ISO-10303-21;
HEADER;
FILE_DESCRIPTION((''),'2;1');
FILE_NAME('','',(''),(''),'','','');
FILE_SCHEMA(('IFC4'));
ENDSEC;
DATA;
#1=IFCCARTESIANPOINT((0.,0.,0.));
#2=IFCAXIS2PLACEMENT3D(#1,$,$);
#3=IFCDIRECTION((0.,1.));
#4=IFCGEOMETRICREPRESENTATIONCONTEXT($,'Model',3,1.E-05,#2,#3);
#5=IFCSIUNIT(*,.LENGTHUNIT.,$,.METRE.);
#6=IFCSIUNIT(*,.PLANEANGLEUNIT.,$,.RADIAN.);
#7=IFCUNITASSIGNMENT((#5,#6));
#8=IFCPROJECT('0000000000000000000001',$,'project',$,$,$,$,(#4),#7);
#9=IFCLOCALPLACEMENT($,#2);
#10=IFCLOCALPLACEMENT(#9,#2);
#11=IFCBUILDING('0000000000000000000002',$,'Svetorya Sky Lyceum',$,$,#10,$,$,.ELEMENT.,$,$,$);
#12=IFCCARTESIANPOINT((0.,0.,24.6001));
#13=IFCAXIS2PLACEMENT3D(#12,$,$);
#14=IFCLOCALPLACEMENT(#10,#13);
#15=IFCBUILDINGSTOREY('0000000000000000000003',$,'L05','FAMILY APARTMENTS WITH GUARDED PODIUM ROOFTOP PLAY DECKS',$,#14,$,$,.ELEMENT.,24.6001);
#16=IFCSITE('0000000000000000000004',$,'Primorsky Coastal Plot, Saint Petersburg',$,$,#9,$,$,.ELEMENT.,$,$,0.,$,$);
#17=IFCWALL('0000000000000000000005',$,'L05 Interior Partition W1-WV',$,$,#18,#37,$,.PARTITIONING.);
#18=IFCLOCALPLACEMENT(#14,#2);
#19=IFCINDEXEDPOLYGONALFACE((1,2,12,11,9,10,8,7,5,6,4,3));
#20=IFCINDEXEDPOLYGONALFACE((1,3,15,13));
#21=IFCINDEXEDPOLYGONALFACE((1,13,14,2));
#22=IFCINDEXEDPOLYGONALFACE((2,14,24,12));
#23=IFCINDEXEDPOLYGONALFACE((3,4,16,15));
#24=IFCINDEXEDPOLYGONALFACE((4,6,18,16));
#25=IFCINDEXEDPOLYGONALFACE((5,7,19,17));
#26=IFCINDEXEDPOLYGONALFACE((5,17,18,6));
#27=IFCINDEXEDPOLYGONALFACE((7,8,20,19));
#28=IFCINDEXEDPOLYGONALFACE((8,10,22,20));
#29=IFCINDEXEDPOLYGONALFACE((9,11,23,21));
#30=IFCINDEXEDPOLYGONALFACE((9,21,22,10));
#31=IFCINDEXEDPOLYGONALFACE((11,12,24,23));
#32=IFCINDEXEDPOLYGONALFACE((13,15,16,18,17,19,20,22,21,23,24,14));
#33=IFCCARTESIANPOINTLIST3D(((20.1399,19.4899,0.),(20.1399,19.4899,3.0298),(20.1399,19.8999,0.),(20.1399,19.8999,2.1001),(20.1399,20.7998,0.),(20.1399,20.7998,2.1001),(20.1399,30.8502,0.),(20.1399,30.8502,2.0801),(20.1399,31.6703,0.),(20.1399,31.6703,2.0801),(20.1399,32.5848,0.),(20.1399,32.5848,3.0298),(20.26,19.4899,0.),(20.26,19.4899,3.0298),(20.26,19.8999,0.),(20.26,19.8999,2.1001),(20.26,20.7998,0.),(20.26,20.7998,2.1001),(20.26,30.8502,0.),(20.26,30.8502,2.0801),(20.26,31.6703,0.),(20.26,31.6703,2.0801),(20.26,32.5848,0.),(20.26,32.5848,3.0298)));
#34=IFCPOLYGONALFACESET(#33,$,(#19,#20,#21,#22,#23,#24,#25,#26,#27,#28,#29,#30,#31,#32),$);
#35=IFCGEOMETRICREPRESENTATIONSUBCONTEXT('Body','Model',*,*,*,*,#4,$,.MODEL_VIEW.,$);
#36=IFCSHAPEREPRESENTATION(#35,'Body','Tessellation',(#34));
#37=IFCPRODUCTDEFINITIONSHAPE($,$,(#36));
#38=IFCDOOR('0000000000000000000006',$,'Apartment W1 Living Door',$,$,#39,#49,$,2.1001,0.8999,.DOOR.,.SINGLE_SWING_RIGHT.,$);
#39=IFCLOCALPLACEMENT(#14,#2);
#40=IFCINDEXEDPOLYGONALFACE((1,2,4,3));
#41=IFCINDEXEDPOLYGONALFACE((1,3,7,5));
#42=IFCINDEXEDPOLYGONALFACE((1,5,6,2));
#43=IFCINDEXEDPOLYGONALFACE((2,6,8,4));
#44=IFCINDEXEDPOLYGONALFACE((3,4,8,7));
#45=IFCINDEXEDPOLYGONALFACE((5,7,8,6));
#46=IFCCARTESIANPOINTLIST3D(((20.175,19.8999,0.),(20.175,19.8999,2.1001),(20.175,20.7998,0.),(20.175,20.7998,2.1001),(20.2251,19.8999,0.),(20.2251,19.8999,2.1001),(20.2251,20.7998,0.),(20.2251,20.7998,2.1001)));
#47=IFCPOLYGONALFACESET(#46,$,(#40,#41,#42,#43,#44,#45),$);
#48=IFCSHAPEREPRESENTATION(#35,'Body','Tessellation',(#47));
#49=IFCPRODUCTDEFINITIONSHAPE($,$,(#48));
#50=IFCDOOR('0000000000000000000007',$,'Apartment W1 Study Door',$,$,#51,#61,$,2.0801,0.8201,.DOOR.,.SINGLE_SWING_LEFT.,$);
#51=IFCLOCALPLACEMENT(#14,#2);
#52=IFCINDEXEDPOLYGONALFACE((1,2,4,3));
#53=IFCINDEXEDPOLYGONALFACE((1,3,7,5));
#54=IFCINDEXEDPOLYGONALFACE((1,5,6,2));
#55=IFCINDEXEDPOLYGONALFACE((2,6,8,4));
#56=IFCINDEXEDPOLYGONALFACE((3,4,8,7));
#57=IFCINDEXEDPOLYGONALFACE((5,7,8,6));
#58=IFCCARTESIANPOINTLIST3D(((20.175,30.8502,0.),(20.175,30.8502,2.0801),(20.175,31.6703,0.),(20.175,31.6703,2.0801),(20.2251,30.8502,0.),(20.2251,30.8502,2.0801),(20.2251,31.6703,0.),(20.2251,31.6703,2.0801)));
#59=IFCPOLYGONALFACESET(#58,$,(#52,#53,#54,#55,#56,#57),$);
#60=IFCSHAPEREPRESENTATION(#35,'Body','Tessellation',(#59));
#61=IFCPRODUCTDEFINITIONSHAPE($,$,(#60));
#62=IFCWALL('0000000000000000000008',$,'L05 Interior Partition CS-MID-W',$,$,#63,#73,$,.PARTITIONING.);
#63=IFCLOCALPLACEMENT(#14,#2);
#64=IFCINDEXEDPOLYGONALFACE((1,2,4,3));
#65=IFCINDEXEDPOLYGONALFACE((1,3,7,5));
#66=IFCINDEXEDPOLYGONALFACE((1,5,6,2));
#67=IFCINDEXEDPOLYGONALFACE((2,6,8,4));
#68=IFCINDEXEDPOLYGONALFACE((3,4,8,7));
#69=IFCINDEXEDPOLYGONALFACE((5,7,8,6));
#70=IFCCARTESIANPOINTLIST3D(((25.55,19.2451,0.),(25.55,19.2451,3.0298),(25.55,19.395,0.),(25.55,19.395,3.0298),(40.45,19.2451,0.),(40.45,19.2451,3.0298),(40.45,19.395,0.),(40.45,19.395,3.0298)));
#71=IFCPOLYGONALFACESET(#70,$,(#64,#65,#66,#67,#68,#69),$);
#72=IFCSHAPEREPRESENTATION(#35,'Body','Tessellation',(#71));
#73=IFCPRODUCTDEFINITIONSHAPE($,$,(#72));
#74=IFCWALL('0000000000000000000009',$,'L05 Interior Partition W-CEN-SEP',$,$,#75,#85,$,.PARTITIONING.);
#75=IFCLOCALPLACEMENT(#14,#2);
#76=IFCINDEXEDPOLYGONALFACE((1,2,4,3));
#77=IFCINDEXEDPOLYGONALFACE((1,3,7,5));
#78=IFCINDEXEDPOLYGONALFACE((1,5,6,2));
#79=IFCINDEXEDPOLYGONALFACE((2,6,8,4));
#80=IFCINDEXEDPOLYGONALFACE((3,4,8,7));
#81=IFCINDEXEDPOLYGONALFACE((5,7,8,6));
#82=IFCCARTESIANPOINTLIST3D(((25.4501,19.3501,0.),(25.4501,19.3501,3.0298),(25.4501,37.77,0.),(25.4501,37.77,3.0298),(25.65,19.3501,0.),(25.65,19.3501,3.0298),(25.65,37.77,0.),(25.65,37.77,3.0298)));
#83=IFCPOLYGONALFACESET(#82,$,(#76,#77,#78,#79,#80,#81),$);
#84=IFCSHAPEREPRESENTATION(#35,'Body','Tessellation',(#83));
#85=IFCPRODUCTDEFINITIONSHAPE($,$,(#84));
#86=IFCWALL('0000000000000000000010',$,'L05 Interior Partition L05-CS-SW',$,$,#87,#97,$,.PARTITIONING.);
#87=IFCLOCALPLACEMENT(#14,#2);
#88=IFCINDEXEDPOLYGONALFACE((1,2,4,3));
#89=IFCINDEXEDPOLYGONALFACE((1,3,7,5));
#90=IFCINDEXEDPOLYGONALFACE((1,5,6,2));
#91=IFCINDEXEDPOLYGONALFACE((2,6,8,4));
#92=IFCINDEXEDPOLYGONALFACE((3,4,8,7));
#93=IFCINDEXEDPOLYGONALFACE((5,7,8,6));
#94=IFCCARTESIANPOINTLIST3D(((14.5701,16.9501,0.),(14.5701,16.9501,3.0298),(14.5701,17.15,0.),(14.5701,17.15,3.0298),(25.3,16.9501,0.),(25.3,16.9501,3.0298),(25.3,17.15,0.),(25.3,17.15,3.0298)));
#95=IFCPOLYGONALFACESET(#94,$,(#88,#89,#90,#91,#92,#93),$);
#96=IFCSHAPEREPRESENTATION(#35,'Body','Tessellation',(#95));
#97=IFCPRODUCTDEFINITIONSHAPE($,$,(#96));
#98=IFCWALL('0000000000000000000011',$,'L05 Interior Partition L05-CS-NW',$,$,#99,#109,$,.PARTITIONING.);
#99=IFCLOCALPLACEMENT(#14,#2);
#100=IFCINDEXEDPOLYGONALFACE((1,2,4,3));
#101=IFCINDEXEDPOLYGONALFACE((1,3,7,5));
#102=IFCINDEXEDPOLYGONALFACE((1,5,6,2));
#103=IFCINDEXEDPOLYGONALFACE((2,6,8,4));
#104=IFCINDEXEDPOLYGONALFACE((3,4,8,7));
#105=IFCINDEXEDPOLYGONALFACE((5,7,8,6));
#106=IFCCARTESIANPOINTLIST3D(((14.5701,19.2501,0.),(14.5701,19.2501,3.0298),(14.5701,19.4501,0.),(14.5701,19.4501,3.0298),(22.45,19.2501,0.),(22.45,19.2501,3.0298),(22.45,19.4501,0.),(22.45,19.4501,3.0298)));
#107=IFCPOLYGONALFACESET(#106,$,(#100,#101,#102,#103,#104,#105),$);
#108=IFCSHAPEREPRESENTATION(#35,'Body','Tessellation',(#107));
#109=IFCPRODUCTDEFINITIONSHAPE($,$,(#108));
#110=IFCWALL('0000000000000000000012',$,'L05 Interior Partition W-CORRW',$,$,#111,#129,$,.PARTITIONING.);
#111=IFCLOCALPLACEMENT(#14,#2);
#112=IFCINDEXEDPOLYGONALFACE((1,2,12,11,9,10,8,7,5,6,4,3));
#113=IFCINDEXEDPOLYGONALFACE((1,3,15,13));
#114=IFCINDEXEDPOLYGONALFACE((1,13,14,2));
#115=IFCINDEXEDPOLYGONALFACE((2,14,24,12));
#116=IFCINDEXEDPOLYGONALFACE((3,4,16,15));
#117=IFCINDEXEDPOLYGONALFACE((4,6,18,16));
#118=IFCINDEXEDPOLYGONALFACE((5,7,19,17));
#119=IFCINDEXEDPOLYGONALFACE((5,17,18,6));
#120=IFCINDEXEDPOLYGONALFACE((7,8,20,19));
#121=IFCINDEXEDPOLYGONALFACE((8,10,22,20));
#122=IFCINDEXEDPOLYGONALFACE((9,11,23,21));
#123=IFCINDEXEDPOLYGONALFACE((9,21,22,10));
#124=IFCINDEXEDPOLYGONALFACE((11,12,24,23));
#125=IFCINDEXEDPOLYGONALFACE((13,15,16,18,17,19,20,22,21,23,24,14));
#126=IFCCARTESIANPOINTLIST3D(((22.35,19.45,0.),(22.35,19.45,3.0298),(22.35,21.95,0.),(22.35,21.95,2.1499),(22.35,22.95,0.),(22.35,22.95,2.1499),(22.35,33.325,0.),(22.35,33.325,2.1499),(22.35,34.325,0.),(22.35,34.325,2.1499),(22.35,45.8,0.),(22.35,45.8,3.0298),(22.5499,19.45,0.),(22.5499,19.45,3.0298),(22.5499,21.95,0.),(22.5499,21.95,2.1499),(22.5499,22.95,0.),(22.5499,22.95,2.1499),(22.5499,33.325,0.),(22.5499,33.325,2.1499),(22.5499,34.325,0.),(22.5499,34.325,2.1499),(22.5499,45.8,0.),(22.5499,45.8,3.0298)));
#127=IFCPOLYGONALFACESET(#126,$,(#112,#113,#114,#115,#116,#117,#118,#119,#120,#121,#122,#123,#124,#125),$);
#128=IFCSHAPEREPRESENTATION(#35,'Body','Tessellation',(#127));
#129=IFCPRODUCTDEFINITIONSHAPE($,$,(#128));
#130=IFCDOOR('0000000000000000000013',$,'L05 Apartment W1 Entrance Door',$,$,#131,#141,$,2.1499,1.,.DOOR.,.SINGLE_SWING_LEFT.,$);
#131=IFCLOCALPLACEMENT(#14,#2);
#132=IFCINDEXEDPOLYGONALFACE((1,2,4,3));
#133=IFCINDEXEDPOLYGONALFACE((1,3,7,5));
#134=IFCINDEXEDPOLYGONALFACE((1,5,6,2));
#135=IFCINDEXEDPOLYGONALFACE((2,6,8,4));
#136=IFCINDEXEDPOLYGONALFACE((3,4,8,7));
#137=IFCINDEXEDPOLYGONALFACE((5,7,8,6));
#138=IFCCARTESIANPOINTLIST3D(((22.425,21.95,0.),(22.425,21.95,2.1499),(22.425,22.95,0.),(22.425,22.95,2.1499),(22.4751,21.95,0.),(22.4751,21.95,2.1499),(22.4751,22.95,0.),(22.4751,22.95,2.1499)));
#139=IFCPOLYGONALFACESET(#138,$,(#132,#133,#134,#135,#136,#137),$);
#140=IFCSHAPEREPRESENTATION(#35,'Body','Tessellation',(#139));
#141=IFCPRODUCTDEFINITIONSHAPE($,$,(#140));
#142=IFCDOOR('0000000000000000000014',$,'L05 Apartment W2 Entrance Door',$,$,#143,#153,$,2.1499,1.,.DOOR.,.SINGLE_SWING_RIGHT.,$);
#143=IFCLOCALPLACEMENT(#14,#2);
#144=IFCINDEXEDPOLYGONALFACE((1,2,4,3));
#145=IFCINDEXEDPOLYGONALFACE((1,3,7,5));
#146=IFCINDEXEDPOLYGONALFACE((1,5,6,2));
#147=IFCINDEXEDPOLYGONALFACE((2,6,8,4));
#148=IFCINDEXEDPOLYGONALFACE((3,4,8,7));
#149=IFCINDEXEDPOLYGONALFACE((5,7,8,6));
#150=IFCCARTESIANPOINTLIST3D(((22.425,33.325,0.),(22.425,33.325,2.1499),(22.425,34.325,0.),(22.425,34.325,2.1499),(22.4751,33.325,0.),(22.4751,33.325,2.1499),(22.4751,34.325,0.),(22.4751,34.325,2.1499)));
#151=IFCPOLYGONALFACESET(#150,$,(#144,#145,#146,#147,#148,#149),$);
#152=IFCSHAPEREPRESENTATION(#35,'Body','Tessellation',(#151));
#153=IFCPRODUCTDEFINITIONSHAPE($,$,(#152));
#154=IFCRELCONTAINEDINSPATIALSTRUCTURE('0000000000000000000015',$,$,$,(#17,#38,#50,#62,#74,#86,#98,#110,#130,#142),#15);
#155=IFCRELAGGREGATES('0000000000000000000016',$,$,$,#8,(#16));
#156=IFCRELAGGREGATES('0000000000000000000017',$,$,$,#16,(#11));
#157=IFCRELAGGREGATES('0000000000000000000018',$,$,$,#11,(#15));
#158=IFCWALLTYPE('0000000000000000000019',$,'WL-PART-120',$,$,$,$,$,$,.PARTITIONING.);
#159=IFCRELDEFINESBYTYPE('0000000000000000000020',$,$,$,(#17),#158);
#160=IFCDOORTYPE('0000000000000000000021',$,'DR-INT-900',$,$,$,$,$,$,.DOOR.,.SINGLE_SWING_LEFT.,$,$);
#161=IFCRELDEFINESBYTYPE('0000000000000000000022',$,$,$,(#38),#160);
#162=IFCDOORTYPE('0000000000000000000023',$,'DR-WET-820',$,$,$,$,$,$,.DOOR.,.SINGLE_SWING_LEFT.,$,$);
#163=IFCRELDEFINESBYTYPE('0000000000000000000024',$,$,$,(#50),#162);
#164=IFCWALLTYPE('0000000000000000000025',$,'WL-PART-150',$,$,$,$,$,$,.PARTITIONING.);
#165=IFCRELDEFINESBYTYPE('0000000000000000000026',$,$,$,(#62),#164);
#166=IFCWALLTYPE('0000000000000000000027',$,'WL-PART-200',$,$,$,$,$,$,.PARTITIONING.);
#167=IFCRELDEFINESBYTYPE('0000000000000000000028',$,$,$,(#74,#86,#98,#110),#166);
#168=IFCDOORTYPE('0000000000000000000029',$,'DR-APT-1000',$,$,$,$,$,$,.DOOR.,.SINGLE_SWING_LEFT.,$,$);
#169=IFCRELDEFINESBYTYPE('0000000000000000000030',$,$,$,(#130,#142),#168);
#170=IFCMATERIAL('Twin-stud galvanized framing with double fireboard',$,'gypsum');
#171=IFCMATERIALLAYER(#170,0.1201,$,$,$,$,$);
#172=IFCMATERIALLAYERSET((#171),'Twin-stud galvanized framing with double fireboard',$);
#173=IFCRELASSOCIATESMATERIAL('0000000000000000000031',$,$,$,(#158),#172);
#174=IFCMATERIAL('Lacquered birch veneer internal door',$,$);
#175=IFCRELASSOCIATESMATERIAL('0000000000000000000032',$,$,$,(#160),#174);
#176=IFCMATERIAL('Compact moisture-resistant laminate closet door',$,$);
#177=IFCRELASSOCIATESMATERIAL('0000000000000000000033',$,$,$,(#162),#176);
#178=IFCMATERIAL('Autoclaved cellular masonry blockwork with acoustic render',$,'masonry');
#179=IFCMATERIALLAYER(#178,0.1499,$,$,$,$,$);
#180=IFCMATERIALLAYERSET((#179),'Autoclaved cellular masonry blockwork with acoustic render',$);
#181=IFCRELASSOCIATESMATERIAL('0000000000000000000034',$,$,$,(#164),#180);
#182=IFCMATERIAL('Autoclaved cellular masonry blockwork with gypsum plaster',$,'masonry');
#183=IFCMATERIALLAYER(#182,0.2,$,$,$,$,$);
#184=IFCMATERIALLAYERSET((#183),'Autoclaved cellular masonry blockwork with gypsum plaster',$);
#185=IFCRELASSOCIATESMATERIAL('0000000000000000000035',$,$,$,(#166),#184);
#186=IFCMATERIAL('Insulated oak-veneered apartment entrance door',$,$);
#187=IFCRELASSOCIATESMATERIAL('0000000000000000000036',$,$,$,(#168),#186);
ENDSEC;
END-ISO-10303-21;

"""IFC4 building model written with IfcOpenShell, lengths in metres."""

from ifc_helpers import new_model, si_unit, direction, frame, frame_2d, origin, place, context, subcontext, project, spatial, rectangle, extrude, material, layer, layer_set, type_object, element, fill, save


model = new_model("IFC4")

# Units and contexts
model_context = context("Model", 3, precision=1e-05, world=origin(), true_north=direction((0.0, 1.0)))
body_context = subcontext(model_context, "Body", "Model", "MODEL_VIEW")
ifc_project = project(units=[si_unit("LENGTHUNIT", "METRE"), si_unit("PLANEANGLEUNIT", "RADIAN")], contexts=[model_context])

# Site, building, storey
site_placement = place(None, origin())
site = spatial("IfcSite", under=ifc_project, at=site_placement, Name="Primorsky Coastal Plot, Saint Petersburg", CompositionType="ELEMENT", RefElevation=0.0)
building_placement = place(site_placement, origin())
building = spatial("IfcBuilding", under=site, at=building_placement, Name="Svetorya Sky Lyceum", CompositionType="ELEMENT")
storey_placement = place(building_placement, frame((0.0, 0.0, 24.6001)))
storey = spatial("IfcBuildingStorey", under=building, at=storey_placement, Name="L05", Description="FAMILY APARTMENTS WITH GUARDED PODIUM ROOFTOP PLAY DECKS", CompositionType="ELEMENT", Elevation=24.6001)

# Shared definitions
ifc_material_1 = material(Name="Twin-stud galvanized framing with double fireboard", Category="gypsum")
ifc_layer_1 = layer(ifc_material_1, 0.1201)
ifc_layer_set_1 = layer_set([ifc_layer_1], Name="Twin-stud galvanized framing with double fireboard")
wall_type_1 = type_object("IfcWallType", Name="WL-PART-120", PredefinedType="PARTITIONING", material=ifc_layer_set_1)
ifc_material_2 = material(Name="Lacquered birch veneer internal door")
door_type_1 = type_object("IfcDoorType", Name="DR-INT-900", OperationType="SINGLE_SWING_LEFT", PredefinedType="DOOR", material=ifc_material_2)

# Wall, openings, doors
wall_1_placement = place(storey_placement, frame((20.2, 19.49, 0.0), z_axis=(0.0, 0.0, 1.0), x_axis=(0.0, 1.0, 0.0)))
wall_1 = element("IfcWall", 1, at=wall_1_placement, inside=storey, type_object=wall_type_1, Name="L05 Interior Partition W1-WV", PredefinedType="PARTITIONING", context=body_context, shape_type="SweptSolid", body=[
    extrude(rectangle(XDim=13.095, YDim=0.1201, at=frame_2d((6.5474, 0.0))), origin(), (0.0, 0.0, 1.0), 3.0298),
])
opening_1_placement = place(wall_1_placement, frame((0.4099, 0.0, 0.0)))
opening_1 = element("IfcOpeningElement", 2, at=opening_1_placement, cuts=wall_1, PredefinedType="OPENING", context=body_context, shape_type="SweptSolid", body=[
    extrude(rectangle(XDim=0.8999, YDim=2.1001, at=frame_2d((0.45, 1.05))), frame((0.0, 0.0701, 0.0), z_axis=(0.0, -1.0, 0.0), x_axis=(1.0, 0.0, 0.0)), (0.0, 0.0, 1.0), 0.1401),
])
opening_2_placement = place(wall_1_placement, frame((11.3601, 0.0, 0.0)))
opening_2 = element("IfcOpeningElement", 3, at=opening_2_placement, cuts=wall_1, PredefinedType="OPENING", context=body_context, shape_type="SweptSolid", body=[
    extrude(rectangle(XDim=0.8201, YDim=2.0801, at=frame_2d((0.4102, 1.04))), frame((0.0, 0.0701, 0.0), z_axis=(0.0, -1.0, 0.0), x_axis=(1.0, 0.0, 0.0)), (0.0, 0.0, 1.0), 0.1401),
])
door_1_placement = place(opening_1_placement, origin())
door_1 = element("IfcDoor", 4, at=door_1_placement, inside=storey, type_object=door_type_1, Name="Apartment W1 Living Door", OperationType="SINGLE_SWING_RIGHT", OverallHeight=2.1001, OverallWidth=0.8999, PredefinedType="DOOR", context=body_context, shape_type="SweptSolid", body=[
    extrude(rectangle(XDim=0.8999, YDim=2.1001, at=frame_2d((0.45, 1.05))), frame((0.0, 0.0249, 0.0), z_axis=(0.0, -1.0, 0.0), x_axis=(1.0, 0.0, 0.0)), (0.0, 0.0, 1.0), 0.05),
])
fill(opening_1, door_1)
ifc_material_3 = material(Name="Compact moisture-resistant laminate closet door")
door_type_2 = type_object("IfcDoorType", Name="DR-WET-820", OperationType="SINGLE_SWING_LEFT", PredefinedType="DOOR", material=ifc_material_3)
door_2_placement = place(opening_2_placement, origin())
door_2 = element("IfcDoor", 5, at=door_2_placement, inside=storey, type_object=door_type_2, Name="Apartment W1 Study Door", OperationType="SINGLE_SWING_LEFT", OverallHeight=2.0801, OverallWidth=0.8201, PredefinedType="DOOR", context=body_context, shape_type="SweptSolid", body=[
    extrude(rectangle(XDim=0.8201, YDim=2.0801, at=frame_2d((0.4102, 1.04))), frame((0.0, 0.0249, 0.0), z_axis=(0.0, -1.0, 0.0), x_axis=(1.0, 0.0, 0.0)), (0.0, 0.0, 1.0), 0.05),
])
fill(opening_2, door_2)

# Walls
ifc_material_4 = material(Name="Autoclaved cellular masonry blockwork with acoustic render", Category="masonry")
ifc_layer_2 = layer(ifc_material_4, 0.1499)
ifc_layer_set_2 = layer_set([ifc_layer_2], Name="Autoclaved cellular masonry blockwork with acoustic render")
wall_type_2 = type_object("IfcWallType", Name="WL-PART-150", PredefinedType="PARTITIONING", material=ifc_layer_set_2)
wall_2_placement = place(storey_placement, frame((25.55, 19.3201, 0.0), z_axis=(0.0, 0.0, 1.0), x_axis=(1.0, 0.0, 0.0)))
element("IfcWall", 6, at=wall_2_placement, inside=storey, type_object=wall_type_2, Name="L05 Interior Partition CS-MID-W", PredefinedType="PARTITIONING", context=body_context, shape_type="SweptSolid", body=[
    extrude(rectangle(XDim=14.8999, YDim=0.1499, at=frame_2d((7.45, 0.0))), origin(), (0.0, 0.0, 1.0), 3.0298),
])
ifc_material_5 = material(Name="Autoclaved cellular masonry blockwork with gypsum plaster", Category="masonry")
ifc_layer_3 = layer(ifc_material_5, 0.2)
ifc_layer_set_3 = layer_set([ifc_layer_3], Name="Autoclaved cellular masonry blockwork with gypsum plaster")
wall_type_3 = type_object("IfcWallType", Name="WL-PART-200", PredefinedType="PARTITIONING", material=ifc_layer_set_3)
wall_3_placement = place(storey_placement, frame((25.55, 19.3501, 0.0), z_axis=(0.0, 0.0, 1.0), x_axis=(0.0, 1.0, 0.0)))
element("IfcWall", 7, at=wall_3_placement, inside=storey, type_object=wall_type_3, Name="L05 Interior Partition W-CEN-SEP", PredefinedType="PARTITIONING", context=body_context, shape_type="SweptSolid", body=[
    extrude(rectangle(XDim=18.4199, YDim=0.2, at=frame_2d((9.21, 0.0))), origin(), (0.0, 0.0, 1.0), 3.0298),
])
wall_4_placement = place(storey_placement, frame((14.5701, 17.05, 0.0), z_axis=(0.0, 0.0, 1.0), x_axis=(1.0, 0.0, 0.0)))
element("IfcWall", 8, at=wall_4_placement, inside=storey, type_object=wall_type_3, Name="L05 Interior Partition L05-CS-SW", PredefinedType="PARTITIONING", context=body_context, shape_type="SweptSolid", body=[
    extrude(rectangle(XDim=10.73, YDim=0.2, at=frame_2d((5.365, 0.0))), origin(), (0.0, 0.0, 1.0), 3.0298),
])
wall_5_placement = place(storey_placement, frame((14.5701, 19.3501, 0.0), z_axis=(0.0, 0.0, 1.0), x_axis=(1.0, 0.0, 0.0)))
element("IfcWall", 9, at=wall_5_placement, inside=storey, type_object=wall_type_3, Name="L05 Interior Partition L05-CS-NW", PredefinedType="PARTITIONING", context=body_context, shape_type="SweptSolid", body=[
    extrude(rectangle(XDim=7.8799, YDim=0.2, at=frame_2d((3.9399, 0.0))), origin(), (0.0, 0.0, 1.0), 3.0298),
])

# Wall, openings, doors
wall_6_placement = place(storey_placement, frame((22.45, 19.45, 0.0), z_axis=(0.0, 0.0, 1.0), x_axis=(0.0, 1.0, 0.0)))
wall_6 = element("IfcWall", 10, at=wall_6_placement, inside=storey, type_object=wall_type_3, Name="L05 Interior Partition W-CORRW", PredefinedType="PARTITIONING", context=body_context, shape_type="SweptSolid", body=[
    extrude(rectangle(XDim=26.3501, YDim=0.2, at=frame_2d((13.175, 0.0))), origin(), (0.0, 0.0, 1.0), 3.0298),
])
opening_3_placement = place(wall_6_placement, frame((2.5, 0.0, 0.0)))
opening_3 = element("IfcOpeningElement", 11, at=opening_3_placement, cuts=wall_6, PredefinedType="OPENING", context=body_context, shape_type="SweptSolid", body=[
    extrude(rectangle(XDim=1.0, YDim=2.1499, at=frame_2d((0.5, 1.075))), frame((0.0, 0.1099, 0.0), z_axis=(0.0, -1.0, 0.0), x_axis=(1.0, 0.0, 0.0)), (0.0, 0.0, 1.0), 0.22),
])
opening_4_placement = place(wall_6_placement, frame((13.875, 0.0, 0.0)))
opening_4 = element("IfcOpeningElement", 12, at=opening_4_placement, cuts=wall_6, PredefinedType="OPENING", context=body_context, shape_type="SweptSolid", body=[
    extrude(rectangle(XDim=1.0, YDim=2.1499, at=frame_2d((0.5, 1.075))), frame((0.0, 0.1099, 0.0), z_axis=(0.0, -1.0, 0.0), x_axis=(1.0, 0.0, 0.0)), (0.0, 0.0, 1.0), 0.22),
])
ifc_material_6 = material(Name="Insulated oak-veneered apartment entrance door")
door_type_3 = type_object("IfcDoorType", Name="DR-APT-1000", OperationType="SINGLE_SWING_LEFT", PredefinedType="DOOR", material=ifc_material_6)
door_3_placement = place(opening_3_placement, origin())
door_3 = element("IfcDoor", 13, at=door_3_placement, inside=storey, type_object=door_type_3, Name="L05 Apartment W1 Entrance Door", OperationType="SINGLE_SWING_LEFT", OverallHeight=2.1499, OverallWidth=1.0, PredefinedType="DOOR", context=body_context, shape_type="SweptSolid", body=[
    extrude(rectangle(XDim=1.0, YDim=2.1499, at=frame_2d((0.5, 1.075))), frame((0.0, 0.0249, 0.0), z_axis=(0.0, -1.0, 0.0), x_axis=(1.0, 0.0, 0.0)), (0.0, 0.0, 1.0), 0.05),
])
fill(opening_3, door_3)
door_4_placement = place(opening_4_placement, origin())
door_4 = element("IfcDoor", 14, at=door_4_placement, inside=storey, type_object=door_type_3, Name="L05 Apartment W2 Entrance Door", OperationType="SINGLE_SWING_RIGHT", OverallHeight=2.1499, OverallWidth=1.0, PredefinedType="DOOR", context=body_context, shape_type="SweptSolid", body=[
    extrude(rectangle(XDim=1.0, YDim=2.1499, at=frame_2d((0.5, 1.075))), frame((0.0, 0.0249, 0.0), z_axis=(0.0, -1.0, 0.0), x_axis=(1.0, 0.0, 0.0)), (0.0, 0.0, 1.0), 0.05),
])
fill(opening_4, door_4)

save(model, "model.ifc")
